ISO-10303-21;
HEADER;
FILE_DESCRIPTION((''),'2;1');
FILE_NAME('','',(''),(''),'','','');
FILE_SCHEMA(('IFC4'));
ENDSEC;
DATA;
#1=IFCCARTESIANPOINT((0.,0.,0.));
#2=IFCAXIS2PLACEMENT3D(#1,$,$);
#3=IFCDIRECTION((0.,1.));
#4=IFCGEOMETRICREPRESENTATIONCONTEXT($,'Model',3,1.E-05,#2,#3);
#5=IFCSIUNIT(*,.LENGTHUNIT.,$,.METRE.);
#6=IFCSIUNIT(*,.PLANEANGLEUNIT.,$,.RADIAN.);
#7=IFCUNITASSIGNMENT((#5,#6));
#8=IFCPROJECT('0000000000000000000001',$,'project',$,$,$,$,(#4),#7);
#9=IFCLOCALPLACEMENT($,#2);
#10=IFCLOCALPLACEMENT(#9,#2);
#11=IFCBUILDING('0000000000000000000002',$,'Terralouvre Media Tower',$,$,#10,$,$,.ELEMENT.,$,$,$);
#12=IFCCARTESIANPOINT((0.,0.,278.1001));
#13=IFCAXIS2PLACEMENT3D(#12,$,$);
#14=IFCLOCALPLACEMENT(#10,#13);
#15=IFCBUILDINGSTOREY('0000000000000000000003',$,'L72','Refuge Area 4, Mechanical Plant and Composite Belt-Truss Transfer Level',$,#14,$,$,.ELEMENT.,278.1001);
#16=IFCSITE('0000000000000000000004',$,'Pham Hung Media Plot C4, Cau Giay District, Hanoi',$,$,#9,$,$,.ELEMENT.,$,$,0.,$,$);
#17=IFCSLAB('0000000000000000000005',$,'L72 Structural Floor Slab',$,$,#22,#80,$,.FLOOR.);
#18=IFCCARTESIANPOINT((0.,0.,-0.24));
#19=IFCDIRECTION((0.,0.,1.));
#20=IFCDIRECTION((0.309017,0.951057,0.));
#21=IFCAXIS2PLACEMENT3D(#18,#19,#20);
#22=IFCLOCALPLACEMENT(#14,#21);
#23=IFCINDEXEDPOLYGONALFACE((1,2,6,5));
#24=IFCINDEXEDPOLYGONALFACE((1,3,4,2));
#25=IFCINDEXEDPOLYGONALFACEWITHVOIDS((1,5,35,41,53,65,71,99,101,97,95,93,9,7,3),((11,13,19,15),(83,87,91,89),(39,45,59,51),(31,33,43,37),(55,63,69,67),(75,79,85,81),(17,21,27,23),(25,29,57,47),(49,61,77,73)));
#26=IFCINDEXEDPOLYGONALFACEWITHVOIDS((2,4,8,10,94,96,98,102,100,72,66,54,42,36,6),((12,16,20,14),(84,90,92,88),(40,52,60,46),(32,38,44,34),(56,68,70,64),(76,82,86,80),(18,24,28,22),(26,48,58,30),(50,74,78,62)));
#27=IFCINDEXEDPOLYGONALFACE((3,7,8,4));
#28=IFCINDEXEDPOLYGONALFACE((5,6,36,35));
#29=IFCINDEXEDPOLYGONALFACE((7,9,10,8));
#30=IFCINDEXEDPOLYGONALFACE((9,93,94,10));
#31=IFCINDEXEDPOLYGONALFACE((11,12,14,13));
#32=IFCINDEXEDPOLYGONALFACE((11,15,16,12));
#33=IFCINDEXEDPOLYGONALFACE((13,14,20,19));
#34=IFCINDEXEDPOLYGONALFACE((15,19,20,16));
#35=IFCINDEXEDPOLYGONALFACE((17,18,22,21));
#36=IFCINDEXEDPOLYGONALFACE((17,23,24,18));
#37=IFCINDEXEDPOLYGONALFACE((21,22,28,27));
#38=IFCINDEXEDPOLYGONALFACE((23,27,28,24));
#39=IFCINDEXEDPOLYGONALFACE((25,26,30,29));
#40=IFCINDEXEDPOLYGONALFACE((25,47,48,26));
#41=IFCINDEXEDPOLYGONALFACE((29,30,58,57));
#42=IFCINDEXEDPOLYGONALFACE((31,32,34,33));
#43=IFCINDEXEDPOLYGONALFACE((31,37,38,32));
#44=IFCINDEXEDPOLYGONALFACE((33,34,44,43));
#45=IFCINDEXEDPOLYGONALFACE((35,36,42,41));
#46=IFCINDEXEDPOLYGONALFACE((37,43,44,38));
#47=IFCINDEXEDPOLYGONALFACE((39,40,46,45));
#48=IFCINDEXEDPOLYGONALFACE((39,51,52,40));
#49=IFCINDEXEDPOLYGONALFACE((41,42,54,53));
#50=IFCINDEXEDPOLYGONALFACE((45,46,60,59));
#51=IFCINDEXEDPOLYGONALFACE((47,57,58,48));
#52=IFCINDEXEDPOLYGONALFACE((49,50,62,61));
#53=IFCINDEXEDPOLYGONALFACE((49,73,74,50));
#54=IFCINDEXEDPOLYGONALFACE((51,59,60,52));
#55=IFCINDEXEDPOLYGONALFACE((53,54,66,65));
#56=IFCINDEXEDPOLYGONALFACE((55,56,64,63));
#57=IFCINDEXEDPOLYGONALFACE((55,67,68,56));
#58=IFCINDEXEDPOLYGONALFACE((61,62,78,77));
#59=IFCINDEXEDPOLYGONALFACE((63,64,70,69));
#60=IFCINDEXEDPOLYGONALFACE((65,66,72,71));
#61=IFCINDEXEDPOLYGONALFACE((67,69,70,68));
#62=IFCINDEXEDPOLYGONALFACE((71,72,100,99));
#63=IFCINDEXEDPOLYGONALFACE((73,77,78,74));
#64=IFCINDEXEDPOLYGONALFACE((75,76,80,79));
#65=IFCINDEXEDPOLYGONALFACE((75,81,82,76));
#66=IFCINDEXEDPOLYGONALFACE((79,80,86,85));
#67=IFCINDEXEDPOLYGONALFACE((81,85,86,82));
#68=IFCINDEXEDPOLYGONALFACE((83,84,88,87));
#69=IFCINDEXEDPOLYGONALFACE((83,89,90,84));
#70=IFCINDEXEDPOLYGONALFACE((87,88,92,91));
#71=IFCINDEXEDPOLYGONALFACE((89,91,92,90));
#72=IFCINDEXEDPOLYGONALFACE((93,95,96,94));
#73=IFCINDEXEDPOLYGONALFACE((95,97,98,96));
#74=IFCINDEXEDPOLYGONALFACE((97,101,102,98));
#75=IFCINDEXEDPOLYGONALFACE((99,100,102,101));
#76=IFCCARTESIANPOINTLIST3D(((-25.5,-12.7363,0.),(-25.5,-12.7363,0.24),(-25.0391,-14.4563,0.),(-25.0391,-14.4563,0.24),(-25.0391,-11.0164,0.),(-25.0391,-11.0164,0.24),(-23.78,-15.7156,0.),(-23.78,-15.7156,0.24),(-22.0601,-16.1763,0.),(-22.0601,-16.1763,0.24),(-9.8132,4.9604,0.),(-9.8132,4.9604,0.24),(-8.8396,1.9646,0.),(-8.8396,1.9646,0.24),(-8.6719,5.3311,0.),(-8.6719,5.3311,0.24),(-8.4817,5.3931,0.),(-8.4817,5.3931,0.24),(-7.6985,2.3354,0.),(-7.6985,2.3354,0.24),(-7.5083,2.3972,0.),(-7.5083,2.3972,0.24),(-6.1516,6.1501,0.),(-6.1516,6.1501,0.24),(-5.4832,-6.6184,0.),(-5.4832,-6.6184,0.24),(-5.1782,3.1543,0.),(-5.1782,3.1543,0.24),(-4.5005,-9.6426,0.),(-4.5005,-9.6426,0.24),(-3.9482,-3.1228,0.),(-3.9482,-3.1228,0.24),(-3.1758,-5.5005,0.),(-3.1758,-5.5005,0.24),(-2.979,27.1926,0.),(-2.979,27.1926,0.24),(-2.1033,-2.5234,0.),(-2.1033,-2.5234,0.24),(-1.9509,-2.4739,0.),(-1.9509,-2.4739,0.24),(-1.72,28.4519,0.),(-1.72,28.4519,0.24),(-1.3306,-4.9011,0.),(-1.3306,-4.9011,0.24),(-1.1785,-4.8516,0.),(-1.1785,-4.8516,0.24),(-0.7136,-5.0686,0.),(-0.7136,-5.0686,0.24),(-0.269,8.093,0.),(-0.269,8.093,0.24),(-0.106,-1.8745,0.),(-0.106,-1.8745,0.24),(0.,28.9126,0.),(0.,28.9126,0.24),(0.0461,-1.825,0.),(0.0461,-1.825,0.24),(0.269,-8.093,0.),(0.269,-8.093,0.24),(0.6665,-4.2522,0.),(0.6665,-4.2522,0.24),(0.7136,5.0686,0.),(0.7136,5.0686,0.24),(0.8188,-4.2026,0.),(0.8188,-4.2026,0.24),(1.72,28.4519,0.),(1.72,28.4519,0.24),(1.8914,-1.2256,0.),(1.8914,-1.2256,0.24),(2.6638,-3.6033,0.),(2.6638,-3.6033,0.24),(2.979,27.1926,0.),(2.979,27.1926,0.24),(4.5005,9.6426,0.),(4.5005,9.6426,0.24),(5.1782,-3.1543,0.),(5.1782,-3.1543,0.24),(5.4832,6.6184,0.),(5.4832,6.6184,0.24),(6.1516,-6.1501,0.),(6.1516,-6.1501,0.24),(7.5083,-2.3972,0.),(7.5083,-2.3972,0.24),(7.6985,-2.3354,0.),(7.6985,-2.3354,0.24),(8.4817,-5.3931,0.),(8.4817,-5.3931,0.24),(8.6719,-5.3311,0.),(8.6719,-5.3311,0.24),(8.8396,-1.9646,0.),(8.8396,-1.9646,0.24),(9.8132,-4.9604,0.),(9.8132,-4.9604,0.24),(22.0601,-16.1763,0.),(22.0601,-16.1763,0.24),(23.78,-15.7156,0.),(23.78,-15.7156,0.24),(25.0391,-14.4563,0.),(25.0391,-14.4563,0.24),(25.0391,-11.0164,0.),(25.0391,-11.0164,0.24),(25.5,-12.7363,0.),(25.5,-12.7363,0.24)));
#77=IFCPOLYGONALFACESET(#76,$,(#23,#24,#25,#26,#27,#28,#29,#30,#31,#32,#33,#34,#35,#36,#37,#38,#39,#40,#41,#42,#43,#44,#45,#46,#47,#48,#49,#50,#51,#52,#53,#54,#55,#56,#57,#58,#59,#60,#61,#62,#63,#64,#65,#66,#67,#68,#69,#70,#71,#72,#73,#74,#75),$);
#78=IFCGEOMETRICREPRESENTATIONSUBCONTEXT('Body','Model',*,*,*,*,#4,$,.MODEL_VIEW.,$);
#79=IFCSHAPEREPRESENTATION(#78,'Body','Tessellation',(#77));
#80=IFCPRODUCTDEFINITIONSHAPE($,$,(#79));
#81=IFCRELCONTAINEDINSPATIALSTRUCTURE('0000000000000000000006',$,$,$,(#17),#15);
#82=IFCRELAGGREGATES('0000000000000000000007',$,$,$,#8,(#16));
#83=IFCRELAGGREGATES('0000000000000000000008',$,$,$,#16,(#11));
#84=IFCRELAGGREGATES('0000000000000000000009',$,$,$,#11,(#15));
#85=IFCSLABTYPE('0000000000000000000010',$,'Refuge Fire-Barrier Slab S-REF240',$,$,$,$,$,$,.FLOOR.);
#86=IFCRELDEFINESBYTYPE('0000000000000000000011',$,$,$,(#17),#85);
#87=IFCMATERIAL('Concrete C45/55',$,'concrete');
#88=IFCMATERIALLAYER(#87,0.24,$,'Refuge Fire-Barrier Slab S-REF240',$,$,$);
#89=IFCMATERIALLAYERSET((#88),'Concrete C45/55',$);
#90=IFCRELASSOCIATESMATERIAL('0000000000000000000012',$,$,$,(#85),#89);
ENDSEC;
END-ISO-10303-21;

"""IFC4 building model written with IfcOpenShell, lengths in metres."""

from ifc_helpers import new_model, si_unit, direction, frame, origin, place, context, subcontext, project, spatial, polyline, outline, extrude, material, layer, layer_set, type_object, element, save


model = new_model("IFC4")

# Units and contexts
model_context = context("Model", 3, precision=1e-05, world=origin(), true_north=direction((0.0, 1.0)))
body_context = subcontext(model_context, "Body", "Model", "MODEL_VIEW")
ifc_project = project(units=[si_unit("LENGTHUNIT", "METRE"), si_unit("PLANEANGLEUNIT", "RADIAN")], contexts=[model_context])

# Site, building, storey
site_placement = place(None, origin())
site = spatial("IfcSite", under=ifc_project, at=site_placement, Name="Pham Hung Media Plot C4, Cau Giay District, Hanoi", CompositionType="ELEMENT", RefElevation=0.0)
building_placement = place(site_placement, origin())
building = spatial("IfcBuilding", under=site, at=building_placement, Name="Terralouvre Media Tower", CompositionType="ELEMENT")
storey_placement = place(building_placement, frame((0.0, 0.0, 278.1001)))
storey = spatial("IfcBuildingStorey", under=building, at=storey_placement, Name="L72", Description="Refuge Area 4, Mechanical Plant and Composite Belt-Truss Transfer Level", CompositionType="ELEMENT", Elevation=278.1001)

# Slab
ifc_material_1 = material(Name="Concrete C45/55", Category="concrete")
ifc_layer_1 = layer(ifc_material_1, 0.24, Name="Refuge Fire-Barrier Slab S-REF240")
ifc_layer_set_1 = layer_set([ifc_layer_1], Name="Concrete C45/55")
slab_type_1 = type_object("IfcSlabType", Name="Refuge Fire-Barrier Slab S-REF240", PredefinedType="FLOOR", material=ifc_layer_set_1)
slab_1_placement = place(storey_placement, frame((0.0, 0.0, -0.24), z_axis=(0.0, 0.0, 1.0), x_axis=(0.309017, 0.951057, 0.0)))
element("IfcSlab", 1, at=slab_1_placement, inside=storey, type_object=slab_type_1, Name="L72 Structural Floor Slab", PredefinedType="FLOOR", context=body_context, shape_type="SweptSolid", body=[
    extrude(outline(polyline([(-25.0391, -11.0164), (-25.5, -12.7363), (-25.0391, -14.4563), (-23.78, -15.7156), (-22.0601, -16.1763), (22.0601, -16.1763), (23.78, -15.7156), (25.0391, -14.4563), (25.5, -12.7363), (25.0391, -11.0164), (2.979, 27.1926), (1.72, 28.4519), (0.0, 28.9126), (-1.72, 28.4519), (-2.979, 27.1926), (-25.0391, -11.0164)]), holes=[polyline([(-7.6985, 2.3354), (-8.8396, 1.9646), (-9.8132, 4.9604), (-8.6719, 5.3311), (-7.6985, 2.3354)]), polyline([(-5.1782, 3.1543), (-7.5083, 2.3972), (-8.4817, 5.3931), (-6.1516, 6.1501), (-5.1782, 3.1543)]), polyline([(-5.4832, -6.6184), (-0.7136, -5.0686), (0.269, -8.093), (-4.5005, -9.6426), (-5.4832, -6.6184)]), polyline([(-1.3306, -4.9011), (-3.1758, -5.5005), (-3.9482, -3.1228), (-2.1033, -2.5234), (-1.3306, -4.9011)]), polyline([(0.6665, -4.2522), (-1.1785, -4.8516), (-1.9509, -2.4739), (-0.106, -1.8745), (0.6665, -4.2522)]), polyline([(2.6638, -3.6033), (0.8188, -4.2026), (0.0461, -1.825), (1.8914, -1.2256), (2.6638, -3.6033)]), polyline([(5.4832, 6.6184), (0.7136, 5.0686), (-0.269, 8.093), (4.5005, 9.6426), (5.4832, 6.6184)]), polyline([(6.1516, -6.1501), (5.1782, -3.1543), (7.5083, -2.3972), (8.4817, -5.3931), (6.1516, -6.1501)]), polyline([(8.6719, -5.3311), (7.6985, -2.3354), (8.8396, -1.9646), (9.8132, -4.9604), (8.6719, -5.3311)])]), origin(), (0.0, 0.0, 1.0), 0.24),
])

save(model, "model.ifc")
